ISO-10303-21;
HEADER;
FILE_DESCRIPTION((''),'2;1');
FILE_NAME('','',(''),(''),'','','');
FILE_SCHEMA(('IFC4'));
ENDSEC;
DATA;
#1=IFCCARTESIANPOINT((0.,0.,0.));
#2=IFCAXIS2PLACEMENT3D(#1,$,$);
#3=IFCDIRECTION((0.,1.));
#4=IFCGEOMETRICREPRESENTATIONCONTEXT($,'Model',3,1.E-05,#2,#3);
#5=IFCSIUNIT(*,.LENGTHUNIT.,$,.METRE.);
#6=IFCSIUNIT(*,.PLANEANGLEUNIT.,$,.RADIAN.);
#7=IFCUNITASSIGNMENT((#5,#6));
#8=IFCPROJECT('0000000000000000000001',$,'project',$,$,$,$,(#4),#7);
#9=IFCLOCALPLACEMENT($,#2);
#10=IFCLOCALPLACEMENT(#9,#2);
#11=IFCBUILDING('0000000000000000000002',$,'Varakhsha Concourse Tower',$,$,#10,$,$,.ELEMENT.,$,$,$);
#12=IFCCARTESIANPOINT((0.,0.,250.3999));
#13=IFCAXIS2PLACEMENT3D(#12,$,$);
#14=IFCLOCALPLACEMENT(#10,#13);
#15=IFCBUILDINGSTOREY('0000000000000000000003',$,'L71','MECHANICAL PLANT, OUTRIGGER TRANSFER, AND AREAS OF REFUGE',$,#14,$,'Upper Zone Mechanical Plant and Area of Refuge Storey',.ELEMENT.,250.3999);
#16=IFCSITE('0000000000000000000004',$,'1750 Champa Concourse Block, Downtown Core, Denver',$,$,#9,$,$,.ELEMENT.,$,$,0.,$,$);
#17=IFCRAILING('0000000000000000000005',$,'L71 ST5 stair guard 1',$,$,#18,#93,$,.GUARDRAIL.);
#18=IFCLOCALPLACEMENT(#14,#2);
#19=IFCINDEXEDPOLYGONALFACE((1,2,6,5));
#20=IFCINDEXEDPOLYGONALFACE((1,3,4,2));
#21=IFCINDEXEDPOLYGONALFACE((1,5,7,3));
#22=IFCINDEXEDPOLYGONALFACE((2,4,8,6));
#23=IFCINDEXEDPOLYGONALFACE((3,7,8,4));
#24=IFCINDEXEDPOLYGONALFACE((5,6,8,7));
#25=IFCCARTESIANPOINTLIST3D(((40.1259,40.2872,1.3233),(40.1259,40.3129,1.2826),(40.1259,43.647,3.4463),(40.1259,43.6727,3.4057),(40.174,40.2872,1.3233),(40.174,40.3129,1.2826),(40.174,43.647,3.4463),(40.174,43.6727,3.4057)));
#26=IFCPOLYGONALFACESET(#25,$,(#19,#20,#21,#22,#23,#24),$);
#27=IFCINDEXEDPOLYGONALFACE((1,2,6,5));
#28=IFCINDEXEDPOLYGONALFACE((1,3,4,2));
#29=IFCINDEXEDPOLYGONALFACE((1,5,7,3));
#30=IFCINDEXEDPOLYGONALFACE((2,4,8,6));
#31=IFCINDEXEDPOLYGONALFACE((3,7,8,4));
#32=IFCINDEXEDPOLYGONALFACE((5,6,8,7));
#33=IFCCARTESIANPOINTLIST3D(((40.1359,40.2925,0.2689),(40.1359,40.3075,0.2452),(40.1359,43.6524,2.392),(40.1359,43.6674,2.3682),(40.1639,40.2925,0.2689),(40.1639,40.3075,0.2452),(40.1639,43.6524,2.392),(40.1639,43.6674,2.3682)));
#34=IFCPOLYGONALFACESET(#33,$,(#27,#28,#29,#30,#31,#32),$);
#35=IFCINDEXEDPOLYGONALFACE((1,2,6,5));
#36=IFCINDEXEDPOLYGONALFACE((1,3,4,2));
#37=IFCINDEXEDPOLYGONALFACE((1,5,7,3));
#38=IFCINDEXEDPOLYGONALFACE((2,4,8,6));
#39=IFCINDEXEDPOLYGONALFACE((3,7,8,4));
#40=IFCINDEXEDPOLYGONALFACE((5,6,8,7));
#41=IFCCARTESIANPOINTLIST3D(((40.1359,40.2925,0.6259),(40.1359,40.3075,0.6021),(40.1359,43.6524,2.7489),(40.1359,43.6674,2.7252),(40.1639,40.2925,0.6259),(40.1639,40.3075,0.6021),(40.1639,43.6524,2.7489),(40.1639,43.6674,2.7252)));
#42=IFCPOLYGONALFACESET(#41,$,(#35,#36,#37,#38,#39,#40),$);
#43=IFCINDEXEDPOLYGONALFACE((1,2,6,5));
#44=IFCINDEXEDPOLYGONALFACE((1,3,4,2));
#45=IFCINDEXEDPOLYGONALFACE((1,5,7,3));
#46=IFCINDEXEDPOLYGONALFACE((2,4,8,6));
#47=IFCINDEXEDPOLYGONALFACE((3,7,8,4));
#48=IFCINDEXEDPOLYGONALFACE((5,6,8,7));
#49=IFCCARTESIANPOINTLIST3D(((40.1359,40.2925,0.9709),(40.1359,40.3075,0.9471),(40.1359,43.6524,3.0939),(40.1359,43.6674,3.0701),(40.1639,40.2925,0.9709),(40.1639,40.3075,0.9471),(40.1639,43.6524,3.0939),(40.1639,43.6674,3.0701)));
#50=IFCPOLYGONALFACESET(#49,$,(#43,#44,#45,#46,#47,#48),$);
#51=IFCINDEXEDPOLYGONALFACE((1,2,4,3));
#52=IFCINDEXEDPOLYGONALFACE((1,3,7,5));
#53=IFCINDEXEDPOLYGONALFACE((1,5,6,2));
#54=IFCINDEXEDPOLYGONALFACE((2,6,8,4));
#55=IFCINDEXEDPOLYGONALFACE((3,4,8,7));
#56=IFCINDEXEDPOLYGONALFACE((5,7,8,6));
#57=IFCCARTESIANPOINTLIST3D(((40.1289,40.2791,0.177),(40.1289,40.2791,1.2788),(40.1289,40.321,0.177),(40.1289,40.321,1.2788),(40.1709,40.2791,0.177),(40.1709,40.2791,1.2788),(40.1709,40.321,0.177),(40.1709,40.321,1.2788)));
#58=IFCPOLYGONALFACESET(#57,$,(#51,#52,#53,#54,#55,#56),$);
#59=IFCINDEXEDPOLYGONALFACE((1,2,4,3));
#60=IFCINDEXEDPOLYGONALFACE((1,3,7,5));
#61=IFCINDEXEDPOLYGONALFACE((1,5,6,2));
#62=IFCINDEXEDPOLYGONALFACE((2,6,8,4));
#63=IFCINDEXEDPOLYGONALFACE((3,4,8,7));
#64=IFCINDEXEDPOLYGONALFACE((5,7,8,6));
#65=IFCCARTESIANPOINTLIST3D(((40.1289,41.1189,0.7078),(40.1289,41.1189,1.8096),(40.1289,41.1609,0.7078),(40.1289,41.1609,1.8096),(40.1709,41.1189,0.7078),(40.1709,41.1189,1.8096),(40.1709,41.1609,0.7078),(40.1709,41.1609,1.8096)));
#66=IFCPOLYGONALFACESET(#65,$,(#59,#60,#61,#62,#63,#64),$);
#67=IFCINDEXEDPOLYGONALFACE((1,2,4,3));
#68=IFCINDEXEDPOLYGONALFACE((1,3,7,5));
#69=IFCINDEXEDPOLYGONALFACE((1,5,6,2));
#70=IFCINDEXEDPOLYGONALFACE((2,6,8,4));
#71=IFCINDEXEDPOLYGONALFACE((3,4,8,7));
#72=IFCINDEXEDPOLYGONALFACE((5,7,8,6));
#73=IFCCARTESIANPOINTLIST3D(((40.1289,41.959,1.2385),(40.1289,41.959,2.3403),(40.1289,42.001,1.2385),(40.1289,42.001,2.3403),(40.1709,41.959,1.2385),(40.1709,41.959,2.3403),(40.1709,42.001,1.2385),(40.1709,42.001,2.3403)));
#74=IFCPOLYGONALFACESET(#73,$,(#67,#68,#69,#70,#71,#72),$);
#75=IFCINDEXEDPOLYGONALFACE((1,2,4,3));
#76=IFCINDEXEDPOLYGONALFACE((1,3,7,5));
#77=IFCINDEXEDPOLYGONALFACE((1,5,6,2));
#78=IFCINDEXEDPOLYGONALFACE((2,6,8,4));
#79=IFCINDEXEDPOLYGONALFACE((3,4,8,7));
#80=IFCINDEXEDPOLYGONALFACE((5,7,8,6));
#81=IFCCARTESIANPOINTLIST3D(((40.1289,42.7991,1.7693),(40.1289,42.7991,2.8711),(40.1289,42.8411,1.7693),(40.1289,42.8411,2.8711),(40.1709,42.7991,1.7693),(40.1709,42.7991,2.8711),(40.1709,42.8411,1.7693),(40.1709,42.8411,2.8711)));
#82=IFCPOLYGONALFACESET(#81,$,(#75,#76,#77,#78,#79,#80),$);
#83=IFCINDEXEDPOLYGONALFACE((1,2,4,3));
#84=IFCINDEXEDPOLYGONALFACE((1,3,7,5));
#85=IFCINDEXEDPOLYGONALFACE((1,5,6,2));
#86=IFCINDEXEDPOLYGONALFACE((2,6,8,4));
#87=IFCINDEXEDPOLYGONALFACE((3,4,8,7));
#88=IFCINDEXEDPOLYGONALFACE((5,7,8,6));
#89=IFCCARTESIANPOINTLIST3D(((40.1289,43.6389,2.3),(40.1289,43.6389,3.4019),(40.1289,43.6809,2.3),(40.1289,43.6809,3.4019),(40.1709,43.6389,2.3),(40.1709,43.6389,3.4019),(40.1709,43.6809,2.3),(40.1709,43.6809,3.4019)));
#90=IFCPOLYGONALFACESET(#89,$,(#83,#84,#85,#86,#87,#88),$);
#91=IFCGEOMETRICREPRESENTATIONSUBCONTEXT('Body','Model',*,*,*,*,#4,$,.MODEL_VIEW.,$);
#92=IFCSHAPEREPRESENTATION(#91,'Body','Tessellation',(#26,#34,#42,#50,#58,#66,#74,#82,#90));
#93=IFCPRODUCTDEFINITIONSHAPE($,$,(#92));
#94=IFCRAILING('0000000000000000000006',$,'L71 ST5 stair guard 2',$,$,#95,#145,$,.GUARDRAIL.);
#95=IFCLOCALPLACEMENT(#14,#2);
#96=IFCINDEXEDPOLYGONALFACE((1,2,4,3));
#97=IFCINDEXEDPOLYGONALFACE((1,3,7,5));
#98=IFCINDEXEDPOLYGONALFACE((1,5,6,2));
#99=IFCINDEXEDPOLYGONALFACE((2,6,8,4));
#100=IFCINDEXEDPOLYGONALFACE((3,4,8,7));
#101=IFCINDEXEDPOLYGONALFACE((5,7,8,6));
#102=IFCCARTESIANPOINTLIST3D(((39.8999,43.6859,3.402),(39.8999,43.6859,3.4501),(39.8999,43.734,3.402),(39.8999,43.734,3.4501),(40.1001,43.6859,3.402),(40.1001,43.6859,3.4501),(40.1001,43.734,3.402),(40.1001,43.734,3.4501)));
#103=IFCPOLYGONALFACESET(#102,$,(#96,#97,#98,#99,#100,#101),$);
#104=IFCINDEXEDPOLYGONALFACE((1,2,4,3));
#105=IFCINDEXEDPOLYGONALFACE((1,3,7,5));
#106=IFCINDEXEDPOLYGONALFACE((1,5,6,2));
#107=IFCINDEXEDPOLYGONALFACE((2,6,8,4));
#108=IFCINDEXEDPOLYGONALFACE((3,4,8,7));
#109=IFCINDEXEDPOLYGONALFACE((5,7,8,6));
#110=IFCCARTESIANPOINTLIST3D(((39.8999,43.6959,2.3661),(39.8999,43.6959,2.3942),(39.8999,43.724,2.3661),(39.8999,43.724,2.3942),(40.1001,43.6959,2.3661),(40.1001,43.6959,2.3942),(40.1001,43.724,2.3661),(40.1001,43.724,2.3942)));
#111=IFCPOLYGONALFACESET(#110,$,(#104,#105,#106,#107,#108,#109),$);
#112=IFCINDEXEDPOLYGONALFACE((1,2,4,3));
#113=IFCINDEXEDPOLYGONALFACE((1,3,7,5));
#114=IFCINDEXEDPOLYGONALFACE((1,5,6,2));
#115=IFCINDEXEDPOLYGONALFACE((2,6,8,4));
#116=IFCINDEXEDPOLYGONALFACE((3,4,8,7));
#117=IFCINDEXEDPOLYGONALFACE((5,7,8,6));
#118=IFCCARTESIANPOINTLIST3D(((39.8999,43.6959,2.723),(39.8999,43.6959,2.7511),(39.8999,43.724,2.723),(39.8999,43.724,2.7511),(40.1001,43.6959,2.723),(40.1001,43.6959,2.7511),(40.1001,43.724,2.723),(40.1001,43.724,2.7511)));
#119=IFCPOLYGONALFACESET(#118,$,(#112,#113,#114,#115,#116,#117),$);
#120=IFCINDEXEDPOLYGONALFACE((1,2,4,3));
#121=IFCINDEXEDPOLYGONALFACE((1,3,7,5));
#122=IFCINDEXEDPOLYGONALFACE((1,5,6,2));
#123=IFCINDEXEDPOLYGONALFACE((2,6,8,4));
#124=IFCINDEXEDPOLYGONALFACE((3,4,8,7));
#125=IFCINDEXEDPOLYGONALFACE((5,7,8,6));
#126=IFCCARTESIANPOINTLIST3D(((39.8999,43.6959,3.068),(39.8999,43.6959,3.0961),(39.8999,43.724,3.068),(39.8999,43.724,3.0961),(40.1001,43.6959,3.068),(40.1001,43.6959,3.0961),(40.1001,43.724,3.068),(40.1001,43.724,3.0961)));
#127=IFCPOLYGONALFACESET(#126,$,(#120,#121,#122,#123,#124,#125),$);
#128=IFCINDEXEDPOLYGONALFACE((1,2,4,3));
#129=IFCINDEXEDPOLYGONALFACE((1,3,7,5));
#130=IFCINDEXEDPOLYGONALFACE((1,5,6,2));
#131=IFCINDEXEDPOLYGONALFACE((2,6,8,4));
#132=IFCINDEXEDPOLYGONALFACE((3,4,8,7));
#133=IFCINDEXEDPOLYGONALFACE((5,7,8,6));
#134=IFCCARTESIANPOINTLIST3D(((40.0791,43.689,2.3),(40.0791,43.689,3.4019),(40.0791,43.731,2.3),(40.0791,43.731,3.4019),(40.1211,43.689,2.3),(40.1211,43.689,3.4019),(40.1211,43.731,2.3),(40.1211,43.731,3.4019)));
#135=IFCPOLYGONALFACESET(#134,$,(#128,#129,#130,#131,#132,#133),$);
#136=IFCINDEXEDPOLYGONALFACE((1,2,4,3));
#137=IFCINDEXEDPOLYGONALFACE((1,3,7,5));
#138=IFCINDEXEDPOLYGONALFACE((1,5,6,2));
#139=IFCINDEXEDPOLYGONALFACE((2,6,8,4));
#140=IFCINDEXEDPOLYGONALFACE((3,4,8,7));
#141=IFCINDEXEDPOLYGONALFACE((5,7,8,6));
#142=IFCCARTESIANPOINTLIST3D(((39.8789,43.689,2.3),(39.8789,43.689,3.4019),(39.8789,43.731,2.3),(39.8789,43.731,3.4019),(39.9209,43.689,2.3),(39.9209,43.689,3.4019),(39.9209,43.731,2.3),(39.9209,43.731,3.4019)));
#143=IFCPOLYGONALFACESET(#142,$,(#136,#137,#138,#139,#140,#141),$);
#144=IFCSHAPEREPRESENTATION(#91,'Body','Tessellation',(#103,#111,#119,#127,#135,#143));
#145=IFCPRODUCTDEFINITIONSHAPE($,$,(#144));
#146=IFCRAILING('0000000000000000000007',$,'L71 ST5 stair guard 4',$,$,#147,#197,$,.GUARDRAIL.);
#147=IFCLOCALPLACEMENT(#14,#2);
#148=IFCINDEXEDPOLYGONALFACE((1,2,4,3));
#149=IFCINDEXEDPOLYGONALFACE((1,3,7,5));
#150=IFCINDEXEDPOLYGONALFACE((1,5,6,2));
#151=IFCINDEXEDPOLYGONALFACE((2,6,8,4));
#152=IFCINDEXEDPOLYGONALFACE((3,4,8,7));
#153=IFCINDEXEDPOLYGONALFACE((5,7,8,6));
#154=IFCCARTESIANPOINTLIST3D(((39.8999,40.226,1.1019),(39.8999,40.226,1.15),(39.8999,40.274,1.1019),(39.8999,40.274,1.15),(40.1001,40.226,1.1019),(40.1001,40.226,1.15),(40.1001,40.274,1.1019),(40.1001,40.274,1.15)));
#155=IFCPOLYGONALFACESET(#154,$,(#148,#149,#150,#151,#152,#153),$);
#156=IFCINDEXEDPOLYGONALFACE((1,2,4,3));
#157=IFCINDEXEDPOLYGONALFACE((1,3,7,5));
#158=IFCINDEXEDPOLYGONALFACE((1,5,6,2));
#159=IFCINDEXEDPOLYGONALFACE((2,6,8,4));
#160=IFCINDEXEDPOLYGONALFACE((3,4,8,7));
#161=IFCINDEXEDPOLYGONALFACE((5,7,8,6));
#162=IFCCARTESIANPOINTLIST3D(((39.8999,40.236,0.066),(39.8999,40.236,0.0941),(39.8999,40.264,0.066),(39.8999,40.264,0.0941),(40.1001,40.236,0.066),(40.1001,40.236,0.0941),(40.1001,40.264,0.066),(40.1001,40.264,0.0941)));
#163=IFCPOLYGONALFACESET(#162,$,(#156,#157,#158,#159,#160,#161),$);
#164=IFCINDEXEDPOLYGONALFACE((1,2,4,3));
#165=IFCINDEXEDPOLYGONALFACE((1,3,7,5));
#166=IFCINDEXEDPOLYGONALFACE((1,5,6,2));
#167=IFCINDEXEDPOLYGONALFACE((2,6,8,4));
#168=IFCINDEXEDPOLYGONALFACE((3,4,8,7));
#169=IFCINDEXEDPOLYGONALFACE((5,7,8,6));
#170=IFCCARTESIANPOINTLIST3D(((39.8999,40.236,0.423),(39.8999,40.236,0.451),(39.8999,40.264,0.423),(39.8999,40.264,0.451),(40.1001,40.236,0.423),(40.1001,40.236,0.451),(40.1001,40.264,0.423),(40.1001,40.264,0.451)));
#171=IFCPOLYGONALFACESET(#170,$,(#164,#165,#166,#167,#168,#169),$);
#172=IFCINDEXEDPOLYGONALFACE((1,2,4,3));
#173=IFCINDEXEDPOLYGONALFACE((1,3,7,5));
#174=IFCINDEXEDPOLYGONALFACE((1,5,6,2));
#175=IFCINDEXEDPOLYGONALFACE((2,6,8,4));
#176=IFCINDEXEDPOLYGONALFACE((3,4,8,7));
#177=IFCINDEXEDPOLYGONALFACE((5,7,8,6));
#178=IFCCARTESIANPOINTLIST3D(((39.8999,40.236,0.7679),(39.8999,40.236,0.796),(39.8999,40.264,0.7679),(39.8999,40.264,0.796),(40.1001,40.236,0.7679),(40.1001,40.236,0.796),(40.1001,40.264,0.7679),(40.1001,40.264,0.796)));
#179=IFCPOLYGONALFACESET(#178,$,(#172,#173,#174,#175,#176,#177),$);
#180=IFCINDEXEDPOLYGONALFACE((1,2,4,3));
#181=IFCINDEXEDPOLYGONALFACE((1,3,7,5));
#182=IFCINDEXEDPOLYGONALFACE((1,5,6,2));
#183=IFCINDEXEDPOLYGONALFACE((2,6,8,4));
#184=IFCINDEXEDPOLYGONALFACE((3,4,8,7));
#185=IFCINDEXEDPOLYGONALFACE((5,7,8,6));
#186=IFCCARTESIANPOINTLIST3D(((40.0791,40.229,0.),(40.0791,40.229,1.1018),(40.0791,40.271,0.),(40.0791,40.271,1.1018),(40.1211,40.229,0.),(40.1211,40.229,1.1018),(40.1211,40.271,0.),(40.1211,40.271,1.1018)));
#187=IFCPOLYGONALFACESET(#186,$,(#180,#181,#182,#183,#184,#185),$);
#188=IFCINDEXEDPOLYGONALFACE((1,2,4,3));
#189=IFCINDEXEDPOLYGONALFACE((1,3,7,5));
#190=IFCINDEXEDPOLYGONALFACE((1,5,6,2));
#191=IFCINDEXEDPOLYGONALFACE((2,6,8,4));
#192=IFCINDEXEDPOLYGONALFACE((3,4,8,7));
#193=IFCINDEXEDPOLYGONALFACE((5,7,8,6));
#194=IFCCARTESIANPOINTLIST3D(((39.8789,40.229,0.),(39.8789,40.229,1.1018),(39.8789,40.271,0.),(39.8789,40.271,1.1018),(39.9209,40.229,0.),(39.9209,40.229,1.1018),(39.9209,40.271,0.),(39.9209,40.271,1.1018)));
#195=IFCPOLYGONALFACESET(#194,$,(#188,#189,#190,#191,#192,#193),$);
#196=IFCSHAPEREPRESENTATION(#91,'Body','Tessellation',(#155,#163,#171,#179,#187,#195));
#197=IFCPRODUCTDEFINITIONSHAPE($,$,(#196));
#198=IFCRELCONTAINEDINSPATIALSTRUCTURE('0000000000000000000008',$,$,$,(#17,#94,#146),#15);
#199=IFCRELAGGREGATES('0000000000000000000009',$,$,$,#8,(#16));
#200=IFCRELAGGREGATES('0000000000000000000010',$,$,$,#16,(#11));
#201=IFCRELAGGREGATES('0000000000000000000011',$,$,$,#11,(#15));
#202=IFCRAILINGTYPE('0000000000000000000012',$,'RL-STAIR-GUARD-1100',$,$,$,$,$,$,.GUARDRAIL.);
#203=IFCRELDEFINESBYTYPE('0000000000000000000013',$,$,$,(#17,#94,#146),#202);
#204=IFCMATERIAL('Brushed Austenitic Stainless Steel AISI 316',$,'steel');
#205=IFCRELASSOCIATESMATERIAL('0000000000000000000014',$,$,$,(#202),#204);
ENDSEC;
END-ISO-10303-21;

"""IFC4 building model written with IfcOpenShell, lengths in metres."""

from ifc_helpers import new_model, si_unit, direction, frame, origin, origin_2d, place, context, subcontext, project, spatial, rectangle, extrude, material, type_object, element, save


model = new_model("IFC4")

# Units and contexts
model_context = context("Model", 3, precision=1e-05, world=origin(), true_north=direction((0.0, 1.0)))
body_context = subcontext(model_context, "Body", "Model", "MODEL_VIEW")
ifc_project = project(units=[si_unit("LENGTHUNIT", "METRE"), si_unit("PLANEANGLEUNIT", "RADIAN")], contexts=[model_context])

# Site, building, storey
site_placement = place(None, origin())
site = spatial("IfcSite", under=ifc_project, at=site_placement, Name="1750 Champa Concourse Block, Downtown Core, Denver", CompositionType="ELEMENT", RefElevation=0.0)
building_placement = place(site_placement, origin())
building = spatial("IfcBuilding", under=site, at=building_placement, Name="Varakhsha Concourse Tower", CompositionType="ELEMENT")
storey_placement = place(building_placement, frame((0.0, 0.0, 250.3999)))
storey = spatial("IfcBuildingStorey", under=building, at=storey_placement, Name="L71", Description="MECHANICAL PLANT, OUTRIGGER TRANSFER, AND AREAS OF REFUGE", LongName="Upper Zone Mechanical Plant and Area of Refuge Storey", CompositionType="ELEMENT", Elevation=250.3999)

# Railings
ifc_material_1 = material(Name="Brushed Austenitic Stainless Steel AISI 316", Category="steel")
railing_type_1 = type_object("IfcRailingType", Name="RL-STAIR-GUARD-1100", PredefinedType="GUARDRAIL", material=ifc_material_1)
railing_1_placement = place(storey_placement, frame((40.1499, 40.3, 0.177)))
element("IfcRailing", 1, at=railing_1_placement, inside=storey, type_object=railing_type_1, Name="L71 ST5 stair guard 1", PredefinedType="GUARDRAIL", context=body_context, shape_type="SweptSolid", body=[
    extrude(rectangle(XDim=0.0481, YDim=0.0481, at=origin_2d()), frame((0.0, 0.0, 1.126), z_axis=(0.0, 0.845372, 0.534178), x_axis=(-1.0, 0.0, 0.0)), (0.0, 0.0, 1.0), 3.9744),
    extrude(rectangle(XDim=0.0281, YDim=0.0281, at=origin_2d()), frame((0.0, 0.0, 0.0801), z_axis=(0.0, 0.845372, 0.534178), x_axis=(-1.0, 0.0, 0.0)), (0.0, 0.0, 1.0), 3.9744),
    extrude(rectangle(XDim=0.0281, YDim=0.0281, at=origin_2d()), frame((0.0, 0.0, 0.437), z_axis=(0.0, 0.845372, 0.534178), x_axis=(-1.0, 0.0, 0.0)), (0.0, 0.0, 1.0), 3.9744),
    extrude(rectangle(XDim=0.0281, YDim=0.0281, at=origin_2d()), frame((0.0, 0.0, 0.782), z_axis=(0.0, 0.845372, 0.534178), x_axis=(-1.0, 0.0, 0.0)), (0.0, 0.0, 1.0), 3.9744),
    extrude(rectangle(XDim=0.042, YDim=0.042, at=origin_2d()), origin(), (0.0, 0.0, 1.0), 1.1018),
    extrude(rectangle(XDim=0.042, YDim=0.042, at=origin_2d()), frame((0.0, 0.8398, 0.5308)), (0.0, 0.0, 1.0), 1.1018),
    extrude(rectangle(XDim=0.042, YDim=0.042, at=origin_2d()), frame((0.0, 1.6799, 1.0615)), (0.0, 0.0, 1.0), 1.1018),
    extrude(rectangle(XDim=0.042, YDim=0.042, at=origin_2d()), frame((0.0, 2.52, 1.5923)), (0.0, 0.0, 1.0), 1.1018),
    extrude(rectangle(XDim=0.042, YDim=0.042, at=origin_2d()), frame((0.0, 3.3599, 2.123)), (0.0, 0.0, 1.0), 1.1018),
])
for number, where, name in (
    (2, (40.1001, 43.71, 2.3), "L71 ST5 stair guard 2"),
    (3, (40.1001, 40.25, 0.0), "L71 ST5 stair guard 4"),
):
    element("IfcRailing", number, at=place(storey_placement, frame(where)), inside=storey, type_object=railing_type_1, Name=name, PredefinedType="GUARDRAIL", context=body_context, shape_type="SweptSolid", body=[
        extrude(rectangle(XDim=0.0481, YDim=0.0481, at=origin_2d()), frame((0.0, 0.0, 1.126), z_axis=(-1.0, 0.0, 0.0), x_axis=(0.0, -1.0, 0.0)), (0.0, 0.0, 1.0), 0.2002),
        extrude(rectangle(XDim=0.0281, YDim=0.0281, at=origin_2d()), frame((0.0, 0.0, 0.0801), z_axis=(-1.0, 0.0, 0.0), x_axis=(0.0, -1.0, 0.0)), (0.0, 0.0, 1.0), 0.2002),
        extrude(rectangle(XDim=0.0281, YDim=0.0281, at=origin_2d()), frame((0.0, 0.0, 0.437), z_axis=(-1.0, 0.0, 0.0), x_axis=(0.0, -1.0, 0.0)), (0.0, 0.0, 1.0), 0.2002),
        extrude(rectangle(XDim=0.0281, YDim=0.0281, at=origin_2d()), frame((0.0, 0.0, 0.782), z_axis=(-1.0, 0.0, 0.0), x_axis=(0.0, -1.0, 0.0)), (0.0, 0.0, 1.0), 0.2002),
        extrude(rectangle(XDim=0.042, YDim=0.042, at=origin_2d()), origin(), (0.0, 0.0, 1.0), 1.1018),
        extrude(rectangle(XDim=0.042, YDim=0.042, at=origin_2d()), frame((-0.2002, 0.0, 0.0)), (0.0, 0.0, 1.0), 1.1018),
    ])

save(model, "model.ifc")
